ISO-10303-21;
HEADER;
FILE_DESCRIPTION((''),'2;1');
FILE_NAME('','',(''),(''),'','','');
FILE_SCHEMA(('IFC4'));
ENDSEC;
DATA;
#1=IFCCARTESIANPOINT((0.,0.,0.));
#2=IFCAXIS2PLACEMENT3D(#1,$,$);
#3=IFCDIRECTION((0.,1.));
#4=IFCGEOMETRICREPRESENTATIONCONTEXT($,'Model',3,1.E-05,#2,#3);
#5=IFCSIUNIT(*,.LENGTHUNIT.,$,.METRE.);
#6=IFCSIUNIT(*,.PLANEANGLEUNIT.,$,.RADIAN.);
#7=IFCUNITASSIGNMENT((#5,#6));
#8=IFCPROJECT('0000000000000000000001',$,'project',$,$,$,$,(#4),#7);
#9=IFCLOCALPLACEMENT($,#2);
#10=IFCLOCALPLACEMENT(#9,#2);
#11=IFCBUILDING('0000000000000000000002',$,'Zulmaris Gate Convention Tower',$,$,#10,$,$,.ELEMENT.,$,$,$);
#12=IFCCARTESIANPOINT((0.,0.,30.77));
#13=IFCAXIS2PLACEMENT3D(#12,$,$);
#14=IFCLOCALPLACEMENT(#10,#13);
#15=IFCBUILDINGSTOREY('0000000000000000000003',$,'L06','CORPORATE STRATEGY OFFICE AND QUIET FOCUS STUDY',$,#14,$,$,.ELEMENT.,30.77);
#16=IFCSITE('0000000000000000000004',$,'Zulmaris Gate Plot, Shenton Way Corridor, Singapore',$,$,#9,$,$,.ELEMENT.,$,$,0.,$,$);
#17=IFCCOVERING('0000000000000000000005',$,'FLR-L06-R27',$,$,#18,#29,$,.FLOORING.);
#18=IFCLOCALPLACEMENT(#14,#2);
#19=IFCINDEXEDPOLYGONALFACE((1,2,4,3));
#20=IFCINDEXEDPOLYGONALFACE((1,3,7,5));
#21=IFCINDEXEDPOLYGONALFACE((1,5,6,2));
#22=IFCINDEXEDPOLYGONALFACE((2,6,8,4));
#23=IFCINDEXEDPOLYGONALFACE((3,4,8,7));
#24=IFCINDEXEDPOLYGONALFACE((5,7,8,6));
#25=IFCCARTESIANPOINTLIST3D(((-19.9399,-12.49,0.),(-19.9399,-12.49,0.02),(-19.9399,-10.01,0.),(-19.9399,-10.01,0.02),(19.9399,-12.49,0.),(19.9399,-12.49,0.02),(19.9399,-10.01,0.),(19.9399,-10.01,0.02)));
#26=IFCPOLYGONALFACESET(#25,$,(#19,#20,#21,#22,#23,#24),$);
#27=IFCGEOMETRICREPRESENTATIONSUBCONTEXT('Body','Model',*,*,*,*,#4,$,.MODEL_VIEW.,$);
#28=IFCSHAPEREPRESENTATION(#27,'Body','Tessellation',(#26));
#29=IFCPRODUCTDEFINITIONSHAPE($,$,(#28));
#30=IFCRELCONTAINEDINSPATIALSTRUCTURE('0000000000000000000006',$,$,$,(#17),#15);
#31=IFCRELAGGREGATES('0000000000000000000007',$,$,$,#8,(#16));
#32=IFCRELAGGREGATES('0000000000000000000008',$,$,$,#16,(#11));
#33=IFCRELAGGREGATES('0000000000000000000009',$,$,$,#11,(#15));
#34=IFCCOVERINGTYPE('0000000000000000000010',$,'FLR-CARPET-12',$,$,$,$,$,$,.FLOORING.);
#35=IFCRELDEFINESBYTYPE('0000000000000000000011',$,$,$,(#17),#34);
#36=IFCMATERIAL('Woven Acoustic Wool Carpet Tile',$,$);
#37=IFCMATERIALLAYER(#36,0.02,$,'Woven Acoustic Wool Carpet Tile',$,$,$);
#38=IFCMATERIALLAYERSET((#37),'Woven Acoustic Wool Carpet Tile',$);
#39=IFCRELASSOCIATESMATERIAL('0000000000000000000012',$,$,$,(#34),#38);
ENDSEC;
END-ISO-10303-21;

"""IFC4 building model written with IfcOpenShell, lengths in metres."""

from ifc_helpers import new_model, si_unit, direction, frame, origin, place, context, subcontext, project, spatial, polyline, outline, extrude, material, layer, layer_set, type_object, element, save


model = new_model("IFC4")

# Units and contexts
model_context = context("Model", 3, precision=1e-05, world=origin(), true_north=direction((0.0, 1.0)))
body_context = subcontext(model_context, "Body", "Model", "MODEL_VIEW")
ifc_project = project(units=[si_unit("LENGTHUNIT", "METRE"), si_unit("PLANEANGLEUNIT", "RADIAN")], contexts=[model_context])

# Site, building, storey
site_placement = place(None, origin())
site = spatial("IfcSite", under=ifc_project, at=site_placement, Name="Zulmaris Gate Plot, Shenton Way Corridor, Singapore", CompositionType="ELEMENT", RefElevation=0.0)
building_placement = place(site_placement, origin())
building = spatial("IfcBuilding", under=site, at=building_placement, Name="Zulmaris Gate Convention Tower", CompositionType="ELEMENT")
storey_placement = place(building_placement, frame((0.0, 0.0, 30.77)))
storey = spatial("IfcBuildingStorey", under=building, at=storey_placement, Name="L06", Description="CORPORATE STRATEGY OFFICE AND QUIET FOCUS STUDY", CompositionType="ELEMENT", Elevation=30.77)

# Covering
ifc_material_1 = material(Name="Woven Acoustic Wool Carpet Tile")
ifc_layer_1 = layer(ifc_material_1, 0.02, Name="Woven Acoustic Wool Carpet Tile")
ifc_layer_set_1 = layer_set([ifc_layer_1], Name="Woven Acoustic Wool Carpet Tile")
covering_type_1 = type_object("IfcCoveringType", Name="FLR-CARPET-12", PredefinedType="FLOORING", material=ifc_layer_set_1)
covering_1_placement = place(storey_placement, origin())
element("IfcCovering", 1, at=covering_1_placement, inside=storey, type_object=covering_type_1, Name="FLR-L06-R27", PredefinedType="FLOORING", context=body_context, shape_type="SweptSolid", body=[
    extrude(outline(polyline([(-19.9399, -12.49), (19.9399, -12.49), (19.9399, -10.01), (-19.9399, -10.01), (-19.9399, -12.49)])), origin(), (0.0, 0.0, 1.0), 0.02),
])

save(model, "model.ifc")
